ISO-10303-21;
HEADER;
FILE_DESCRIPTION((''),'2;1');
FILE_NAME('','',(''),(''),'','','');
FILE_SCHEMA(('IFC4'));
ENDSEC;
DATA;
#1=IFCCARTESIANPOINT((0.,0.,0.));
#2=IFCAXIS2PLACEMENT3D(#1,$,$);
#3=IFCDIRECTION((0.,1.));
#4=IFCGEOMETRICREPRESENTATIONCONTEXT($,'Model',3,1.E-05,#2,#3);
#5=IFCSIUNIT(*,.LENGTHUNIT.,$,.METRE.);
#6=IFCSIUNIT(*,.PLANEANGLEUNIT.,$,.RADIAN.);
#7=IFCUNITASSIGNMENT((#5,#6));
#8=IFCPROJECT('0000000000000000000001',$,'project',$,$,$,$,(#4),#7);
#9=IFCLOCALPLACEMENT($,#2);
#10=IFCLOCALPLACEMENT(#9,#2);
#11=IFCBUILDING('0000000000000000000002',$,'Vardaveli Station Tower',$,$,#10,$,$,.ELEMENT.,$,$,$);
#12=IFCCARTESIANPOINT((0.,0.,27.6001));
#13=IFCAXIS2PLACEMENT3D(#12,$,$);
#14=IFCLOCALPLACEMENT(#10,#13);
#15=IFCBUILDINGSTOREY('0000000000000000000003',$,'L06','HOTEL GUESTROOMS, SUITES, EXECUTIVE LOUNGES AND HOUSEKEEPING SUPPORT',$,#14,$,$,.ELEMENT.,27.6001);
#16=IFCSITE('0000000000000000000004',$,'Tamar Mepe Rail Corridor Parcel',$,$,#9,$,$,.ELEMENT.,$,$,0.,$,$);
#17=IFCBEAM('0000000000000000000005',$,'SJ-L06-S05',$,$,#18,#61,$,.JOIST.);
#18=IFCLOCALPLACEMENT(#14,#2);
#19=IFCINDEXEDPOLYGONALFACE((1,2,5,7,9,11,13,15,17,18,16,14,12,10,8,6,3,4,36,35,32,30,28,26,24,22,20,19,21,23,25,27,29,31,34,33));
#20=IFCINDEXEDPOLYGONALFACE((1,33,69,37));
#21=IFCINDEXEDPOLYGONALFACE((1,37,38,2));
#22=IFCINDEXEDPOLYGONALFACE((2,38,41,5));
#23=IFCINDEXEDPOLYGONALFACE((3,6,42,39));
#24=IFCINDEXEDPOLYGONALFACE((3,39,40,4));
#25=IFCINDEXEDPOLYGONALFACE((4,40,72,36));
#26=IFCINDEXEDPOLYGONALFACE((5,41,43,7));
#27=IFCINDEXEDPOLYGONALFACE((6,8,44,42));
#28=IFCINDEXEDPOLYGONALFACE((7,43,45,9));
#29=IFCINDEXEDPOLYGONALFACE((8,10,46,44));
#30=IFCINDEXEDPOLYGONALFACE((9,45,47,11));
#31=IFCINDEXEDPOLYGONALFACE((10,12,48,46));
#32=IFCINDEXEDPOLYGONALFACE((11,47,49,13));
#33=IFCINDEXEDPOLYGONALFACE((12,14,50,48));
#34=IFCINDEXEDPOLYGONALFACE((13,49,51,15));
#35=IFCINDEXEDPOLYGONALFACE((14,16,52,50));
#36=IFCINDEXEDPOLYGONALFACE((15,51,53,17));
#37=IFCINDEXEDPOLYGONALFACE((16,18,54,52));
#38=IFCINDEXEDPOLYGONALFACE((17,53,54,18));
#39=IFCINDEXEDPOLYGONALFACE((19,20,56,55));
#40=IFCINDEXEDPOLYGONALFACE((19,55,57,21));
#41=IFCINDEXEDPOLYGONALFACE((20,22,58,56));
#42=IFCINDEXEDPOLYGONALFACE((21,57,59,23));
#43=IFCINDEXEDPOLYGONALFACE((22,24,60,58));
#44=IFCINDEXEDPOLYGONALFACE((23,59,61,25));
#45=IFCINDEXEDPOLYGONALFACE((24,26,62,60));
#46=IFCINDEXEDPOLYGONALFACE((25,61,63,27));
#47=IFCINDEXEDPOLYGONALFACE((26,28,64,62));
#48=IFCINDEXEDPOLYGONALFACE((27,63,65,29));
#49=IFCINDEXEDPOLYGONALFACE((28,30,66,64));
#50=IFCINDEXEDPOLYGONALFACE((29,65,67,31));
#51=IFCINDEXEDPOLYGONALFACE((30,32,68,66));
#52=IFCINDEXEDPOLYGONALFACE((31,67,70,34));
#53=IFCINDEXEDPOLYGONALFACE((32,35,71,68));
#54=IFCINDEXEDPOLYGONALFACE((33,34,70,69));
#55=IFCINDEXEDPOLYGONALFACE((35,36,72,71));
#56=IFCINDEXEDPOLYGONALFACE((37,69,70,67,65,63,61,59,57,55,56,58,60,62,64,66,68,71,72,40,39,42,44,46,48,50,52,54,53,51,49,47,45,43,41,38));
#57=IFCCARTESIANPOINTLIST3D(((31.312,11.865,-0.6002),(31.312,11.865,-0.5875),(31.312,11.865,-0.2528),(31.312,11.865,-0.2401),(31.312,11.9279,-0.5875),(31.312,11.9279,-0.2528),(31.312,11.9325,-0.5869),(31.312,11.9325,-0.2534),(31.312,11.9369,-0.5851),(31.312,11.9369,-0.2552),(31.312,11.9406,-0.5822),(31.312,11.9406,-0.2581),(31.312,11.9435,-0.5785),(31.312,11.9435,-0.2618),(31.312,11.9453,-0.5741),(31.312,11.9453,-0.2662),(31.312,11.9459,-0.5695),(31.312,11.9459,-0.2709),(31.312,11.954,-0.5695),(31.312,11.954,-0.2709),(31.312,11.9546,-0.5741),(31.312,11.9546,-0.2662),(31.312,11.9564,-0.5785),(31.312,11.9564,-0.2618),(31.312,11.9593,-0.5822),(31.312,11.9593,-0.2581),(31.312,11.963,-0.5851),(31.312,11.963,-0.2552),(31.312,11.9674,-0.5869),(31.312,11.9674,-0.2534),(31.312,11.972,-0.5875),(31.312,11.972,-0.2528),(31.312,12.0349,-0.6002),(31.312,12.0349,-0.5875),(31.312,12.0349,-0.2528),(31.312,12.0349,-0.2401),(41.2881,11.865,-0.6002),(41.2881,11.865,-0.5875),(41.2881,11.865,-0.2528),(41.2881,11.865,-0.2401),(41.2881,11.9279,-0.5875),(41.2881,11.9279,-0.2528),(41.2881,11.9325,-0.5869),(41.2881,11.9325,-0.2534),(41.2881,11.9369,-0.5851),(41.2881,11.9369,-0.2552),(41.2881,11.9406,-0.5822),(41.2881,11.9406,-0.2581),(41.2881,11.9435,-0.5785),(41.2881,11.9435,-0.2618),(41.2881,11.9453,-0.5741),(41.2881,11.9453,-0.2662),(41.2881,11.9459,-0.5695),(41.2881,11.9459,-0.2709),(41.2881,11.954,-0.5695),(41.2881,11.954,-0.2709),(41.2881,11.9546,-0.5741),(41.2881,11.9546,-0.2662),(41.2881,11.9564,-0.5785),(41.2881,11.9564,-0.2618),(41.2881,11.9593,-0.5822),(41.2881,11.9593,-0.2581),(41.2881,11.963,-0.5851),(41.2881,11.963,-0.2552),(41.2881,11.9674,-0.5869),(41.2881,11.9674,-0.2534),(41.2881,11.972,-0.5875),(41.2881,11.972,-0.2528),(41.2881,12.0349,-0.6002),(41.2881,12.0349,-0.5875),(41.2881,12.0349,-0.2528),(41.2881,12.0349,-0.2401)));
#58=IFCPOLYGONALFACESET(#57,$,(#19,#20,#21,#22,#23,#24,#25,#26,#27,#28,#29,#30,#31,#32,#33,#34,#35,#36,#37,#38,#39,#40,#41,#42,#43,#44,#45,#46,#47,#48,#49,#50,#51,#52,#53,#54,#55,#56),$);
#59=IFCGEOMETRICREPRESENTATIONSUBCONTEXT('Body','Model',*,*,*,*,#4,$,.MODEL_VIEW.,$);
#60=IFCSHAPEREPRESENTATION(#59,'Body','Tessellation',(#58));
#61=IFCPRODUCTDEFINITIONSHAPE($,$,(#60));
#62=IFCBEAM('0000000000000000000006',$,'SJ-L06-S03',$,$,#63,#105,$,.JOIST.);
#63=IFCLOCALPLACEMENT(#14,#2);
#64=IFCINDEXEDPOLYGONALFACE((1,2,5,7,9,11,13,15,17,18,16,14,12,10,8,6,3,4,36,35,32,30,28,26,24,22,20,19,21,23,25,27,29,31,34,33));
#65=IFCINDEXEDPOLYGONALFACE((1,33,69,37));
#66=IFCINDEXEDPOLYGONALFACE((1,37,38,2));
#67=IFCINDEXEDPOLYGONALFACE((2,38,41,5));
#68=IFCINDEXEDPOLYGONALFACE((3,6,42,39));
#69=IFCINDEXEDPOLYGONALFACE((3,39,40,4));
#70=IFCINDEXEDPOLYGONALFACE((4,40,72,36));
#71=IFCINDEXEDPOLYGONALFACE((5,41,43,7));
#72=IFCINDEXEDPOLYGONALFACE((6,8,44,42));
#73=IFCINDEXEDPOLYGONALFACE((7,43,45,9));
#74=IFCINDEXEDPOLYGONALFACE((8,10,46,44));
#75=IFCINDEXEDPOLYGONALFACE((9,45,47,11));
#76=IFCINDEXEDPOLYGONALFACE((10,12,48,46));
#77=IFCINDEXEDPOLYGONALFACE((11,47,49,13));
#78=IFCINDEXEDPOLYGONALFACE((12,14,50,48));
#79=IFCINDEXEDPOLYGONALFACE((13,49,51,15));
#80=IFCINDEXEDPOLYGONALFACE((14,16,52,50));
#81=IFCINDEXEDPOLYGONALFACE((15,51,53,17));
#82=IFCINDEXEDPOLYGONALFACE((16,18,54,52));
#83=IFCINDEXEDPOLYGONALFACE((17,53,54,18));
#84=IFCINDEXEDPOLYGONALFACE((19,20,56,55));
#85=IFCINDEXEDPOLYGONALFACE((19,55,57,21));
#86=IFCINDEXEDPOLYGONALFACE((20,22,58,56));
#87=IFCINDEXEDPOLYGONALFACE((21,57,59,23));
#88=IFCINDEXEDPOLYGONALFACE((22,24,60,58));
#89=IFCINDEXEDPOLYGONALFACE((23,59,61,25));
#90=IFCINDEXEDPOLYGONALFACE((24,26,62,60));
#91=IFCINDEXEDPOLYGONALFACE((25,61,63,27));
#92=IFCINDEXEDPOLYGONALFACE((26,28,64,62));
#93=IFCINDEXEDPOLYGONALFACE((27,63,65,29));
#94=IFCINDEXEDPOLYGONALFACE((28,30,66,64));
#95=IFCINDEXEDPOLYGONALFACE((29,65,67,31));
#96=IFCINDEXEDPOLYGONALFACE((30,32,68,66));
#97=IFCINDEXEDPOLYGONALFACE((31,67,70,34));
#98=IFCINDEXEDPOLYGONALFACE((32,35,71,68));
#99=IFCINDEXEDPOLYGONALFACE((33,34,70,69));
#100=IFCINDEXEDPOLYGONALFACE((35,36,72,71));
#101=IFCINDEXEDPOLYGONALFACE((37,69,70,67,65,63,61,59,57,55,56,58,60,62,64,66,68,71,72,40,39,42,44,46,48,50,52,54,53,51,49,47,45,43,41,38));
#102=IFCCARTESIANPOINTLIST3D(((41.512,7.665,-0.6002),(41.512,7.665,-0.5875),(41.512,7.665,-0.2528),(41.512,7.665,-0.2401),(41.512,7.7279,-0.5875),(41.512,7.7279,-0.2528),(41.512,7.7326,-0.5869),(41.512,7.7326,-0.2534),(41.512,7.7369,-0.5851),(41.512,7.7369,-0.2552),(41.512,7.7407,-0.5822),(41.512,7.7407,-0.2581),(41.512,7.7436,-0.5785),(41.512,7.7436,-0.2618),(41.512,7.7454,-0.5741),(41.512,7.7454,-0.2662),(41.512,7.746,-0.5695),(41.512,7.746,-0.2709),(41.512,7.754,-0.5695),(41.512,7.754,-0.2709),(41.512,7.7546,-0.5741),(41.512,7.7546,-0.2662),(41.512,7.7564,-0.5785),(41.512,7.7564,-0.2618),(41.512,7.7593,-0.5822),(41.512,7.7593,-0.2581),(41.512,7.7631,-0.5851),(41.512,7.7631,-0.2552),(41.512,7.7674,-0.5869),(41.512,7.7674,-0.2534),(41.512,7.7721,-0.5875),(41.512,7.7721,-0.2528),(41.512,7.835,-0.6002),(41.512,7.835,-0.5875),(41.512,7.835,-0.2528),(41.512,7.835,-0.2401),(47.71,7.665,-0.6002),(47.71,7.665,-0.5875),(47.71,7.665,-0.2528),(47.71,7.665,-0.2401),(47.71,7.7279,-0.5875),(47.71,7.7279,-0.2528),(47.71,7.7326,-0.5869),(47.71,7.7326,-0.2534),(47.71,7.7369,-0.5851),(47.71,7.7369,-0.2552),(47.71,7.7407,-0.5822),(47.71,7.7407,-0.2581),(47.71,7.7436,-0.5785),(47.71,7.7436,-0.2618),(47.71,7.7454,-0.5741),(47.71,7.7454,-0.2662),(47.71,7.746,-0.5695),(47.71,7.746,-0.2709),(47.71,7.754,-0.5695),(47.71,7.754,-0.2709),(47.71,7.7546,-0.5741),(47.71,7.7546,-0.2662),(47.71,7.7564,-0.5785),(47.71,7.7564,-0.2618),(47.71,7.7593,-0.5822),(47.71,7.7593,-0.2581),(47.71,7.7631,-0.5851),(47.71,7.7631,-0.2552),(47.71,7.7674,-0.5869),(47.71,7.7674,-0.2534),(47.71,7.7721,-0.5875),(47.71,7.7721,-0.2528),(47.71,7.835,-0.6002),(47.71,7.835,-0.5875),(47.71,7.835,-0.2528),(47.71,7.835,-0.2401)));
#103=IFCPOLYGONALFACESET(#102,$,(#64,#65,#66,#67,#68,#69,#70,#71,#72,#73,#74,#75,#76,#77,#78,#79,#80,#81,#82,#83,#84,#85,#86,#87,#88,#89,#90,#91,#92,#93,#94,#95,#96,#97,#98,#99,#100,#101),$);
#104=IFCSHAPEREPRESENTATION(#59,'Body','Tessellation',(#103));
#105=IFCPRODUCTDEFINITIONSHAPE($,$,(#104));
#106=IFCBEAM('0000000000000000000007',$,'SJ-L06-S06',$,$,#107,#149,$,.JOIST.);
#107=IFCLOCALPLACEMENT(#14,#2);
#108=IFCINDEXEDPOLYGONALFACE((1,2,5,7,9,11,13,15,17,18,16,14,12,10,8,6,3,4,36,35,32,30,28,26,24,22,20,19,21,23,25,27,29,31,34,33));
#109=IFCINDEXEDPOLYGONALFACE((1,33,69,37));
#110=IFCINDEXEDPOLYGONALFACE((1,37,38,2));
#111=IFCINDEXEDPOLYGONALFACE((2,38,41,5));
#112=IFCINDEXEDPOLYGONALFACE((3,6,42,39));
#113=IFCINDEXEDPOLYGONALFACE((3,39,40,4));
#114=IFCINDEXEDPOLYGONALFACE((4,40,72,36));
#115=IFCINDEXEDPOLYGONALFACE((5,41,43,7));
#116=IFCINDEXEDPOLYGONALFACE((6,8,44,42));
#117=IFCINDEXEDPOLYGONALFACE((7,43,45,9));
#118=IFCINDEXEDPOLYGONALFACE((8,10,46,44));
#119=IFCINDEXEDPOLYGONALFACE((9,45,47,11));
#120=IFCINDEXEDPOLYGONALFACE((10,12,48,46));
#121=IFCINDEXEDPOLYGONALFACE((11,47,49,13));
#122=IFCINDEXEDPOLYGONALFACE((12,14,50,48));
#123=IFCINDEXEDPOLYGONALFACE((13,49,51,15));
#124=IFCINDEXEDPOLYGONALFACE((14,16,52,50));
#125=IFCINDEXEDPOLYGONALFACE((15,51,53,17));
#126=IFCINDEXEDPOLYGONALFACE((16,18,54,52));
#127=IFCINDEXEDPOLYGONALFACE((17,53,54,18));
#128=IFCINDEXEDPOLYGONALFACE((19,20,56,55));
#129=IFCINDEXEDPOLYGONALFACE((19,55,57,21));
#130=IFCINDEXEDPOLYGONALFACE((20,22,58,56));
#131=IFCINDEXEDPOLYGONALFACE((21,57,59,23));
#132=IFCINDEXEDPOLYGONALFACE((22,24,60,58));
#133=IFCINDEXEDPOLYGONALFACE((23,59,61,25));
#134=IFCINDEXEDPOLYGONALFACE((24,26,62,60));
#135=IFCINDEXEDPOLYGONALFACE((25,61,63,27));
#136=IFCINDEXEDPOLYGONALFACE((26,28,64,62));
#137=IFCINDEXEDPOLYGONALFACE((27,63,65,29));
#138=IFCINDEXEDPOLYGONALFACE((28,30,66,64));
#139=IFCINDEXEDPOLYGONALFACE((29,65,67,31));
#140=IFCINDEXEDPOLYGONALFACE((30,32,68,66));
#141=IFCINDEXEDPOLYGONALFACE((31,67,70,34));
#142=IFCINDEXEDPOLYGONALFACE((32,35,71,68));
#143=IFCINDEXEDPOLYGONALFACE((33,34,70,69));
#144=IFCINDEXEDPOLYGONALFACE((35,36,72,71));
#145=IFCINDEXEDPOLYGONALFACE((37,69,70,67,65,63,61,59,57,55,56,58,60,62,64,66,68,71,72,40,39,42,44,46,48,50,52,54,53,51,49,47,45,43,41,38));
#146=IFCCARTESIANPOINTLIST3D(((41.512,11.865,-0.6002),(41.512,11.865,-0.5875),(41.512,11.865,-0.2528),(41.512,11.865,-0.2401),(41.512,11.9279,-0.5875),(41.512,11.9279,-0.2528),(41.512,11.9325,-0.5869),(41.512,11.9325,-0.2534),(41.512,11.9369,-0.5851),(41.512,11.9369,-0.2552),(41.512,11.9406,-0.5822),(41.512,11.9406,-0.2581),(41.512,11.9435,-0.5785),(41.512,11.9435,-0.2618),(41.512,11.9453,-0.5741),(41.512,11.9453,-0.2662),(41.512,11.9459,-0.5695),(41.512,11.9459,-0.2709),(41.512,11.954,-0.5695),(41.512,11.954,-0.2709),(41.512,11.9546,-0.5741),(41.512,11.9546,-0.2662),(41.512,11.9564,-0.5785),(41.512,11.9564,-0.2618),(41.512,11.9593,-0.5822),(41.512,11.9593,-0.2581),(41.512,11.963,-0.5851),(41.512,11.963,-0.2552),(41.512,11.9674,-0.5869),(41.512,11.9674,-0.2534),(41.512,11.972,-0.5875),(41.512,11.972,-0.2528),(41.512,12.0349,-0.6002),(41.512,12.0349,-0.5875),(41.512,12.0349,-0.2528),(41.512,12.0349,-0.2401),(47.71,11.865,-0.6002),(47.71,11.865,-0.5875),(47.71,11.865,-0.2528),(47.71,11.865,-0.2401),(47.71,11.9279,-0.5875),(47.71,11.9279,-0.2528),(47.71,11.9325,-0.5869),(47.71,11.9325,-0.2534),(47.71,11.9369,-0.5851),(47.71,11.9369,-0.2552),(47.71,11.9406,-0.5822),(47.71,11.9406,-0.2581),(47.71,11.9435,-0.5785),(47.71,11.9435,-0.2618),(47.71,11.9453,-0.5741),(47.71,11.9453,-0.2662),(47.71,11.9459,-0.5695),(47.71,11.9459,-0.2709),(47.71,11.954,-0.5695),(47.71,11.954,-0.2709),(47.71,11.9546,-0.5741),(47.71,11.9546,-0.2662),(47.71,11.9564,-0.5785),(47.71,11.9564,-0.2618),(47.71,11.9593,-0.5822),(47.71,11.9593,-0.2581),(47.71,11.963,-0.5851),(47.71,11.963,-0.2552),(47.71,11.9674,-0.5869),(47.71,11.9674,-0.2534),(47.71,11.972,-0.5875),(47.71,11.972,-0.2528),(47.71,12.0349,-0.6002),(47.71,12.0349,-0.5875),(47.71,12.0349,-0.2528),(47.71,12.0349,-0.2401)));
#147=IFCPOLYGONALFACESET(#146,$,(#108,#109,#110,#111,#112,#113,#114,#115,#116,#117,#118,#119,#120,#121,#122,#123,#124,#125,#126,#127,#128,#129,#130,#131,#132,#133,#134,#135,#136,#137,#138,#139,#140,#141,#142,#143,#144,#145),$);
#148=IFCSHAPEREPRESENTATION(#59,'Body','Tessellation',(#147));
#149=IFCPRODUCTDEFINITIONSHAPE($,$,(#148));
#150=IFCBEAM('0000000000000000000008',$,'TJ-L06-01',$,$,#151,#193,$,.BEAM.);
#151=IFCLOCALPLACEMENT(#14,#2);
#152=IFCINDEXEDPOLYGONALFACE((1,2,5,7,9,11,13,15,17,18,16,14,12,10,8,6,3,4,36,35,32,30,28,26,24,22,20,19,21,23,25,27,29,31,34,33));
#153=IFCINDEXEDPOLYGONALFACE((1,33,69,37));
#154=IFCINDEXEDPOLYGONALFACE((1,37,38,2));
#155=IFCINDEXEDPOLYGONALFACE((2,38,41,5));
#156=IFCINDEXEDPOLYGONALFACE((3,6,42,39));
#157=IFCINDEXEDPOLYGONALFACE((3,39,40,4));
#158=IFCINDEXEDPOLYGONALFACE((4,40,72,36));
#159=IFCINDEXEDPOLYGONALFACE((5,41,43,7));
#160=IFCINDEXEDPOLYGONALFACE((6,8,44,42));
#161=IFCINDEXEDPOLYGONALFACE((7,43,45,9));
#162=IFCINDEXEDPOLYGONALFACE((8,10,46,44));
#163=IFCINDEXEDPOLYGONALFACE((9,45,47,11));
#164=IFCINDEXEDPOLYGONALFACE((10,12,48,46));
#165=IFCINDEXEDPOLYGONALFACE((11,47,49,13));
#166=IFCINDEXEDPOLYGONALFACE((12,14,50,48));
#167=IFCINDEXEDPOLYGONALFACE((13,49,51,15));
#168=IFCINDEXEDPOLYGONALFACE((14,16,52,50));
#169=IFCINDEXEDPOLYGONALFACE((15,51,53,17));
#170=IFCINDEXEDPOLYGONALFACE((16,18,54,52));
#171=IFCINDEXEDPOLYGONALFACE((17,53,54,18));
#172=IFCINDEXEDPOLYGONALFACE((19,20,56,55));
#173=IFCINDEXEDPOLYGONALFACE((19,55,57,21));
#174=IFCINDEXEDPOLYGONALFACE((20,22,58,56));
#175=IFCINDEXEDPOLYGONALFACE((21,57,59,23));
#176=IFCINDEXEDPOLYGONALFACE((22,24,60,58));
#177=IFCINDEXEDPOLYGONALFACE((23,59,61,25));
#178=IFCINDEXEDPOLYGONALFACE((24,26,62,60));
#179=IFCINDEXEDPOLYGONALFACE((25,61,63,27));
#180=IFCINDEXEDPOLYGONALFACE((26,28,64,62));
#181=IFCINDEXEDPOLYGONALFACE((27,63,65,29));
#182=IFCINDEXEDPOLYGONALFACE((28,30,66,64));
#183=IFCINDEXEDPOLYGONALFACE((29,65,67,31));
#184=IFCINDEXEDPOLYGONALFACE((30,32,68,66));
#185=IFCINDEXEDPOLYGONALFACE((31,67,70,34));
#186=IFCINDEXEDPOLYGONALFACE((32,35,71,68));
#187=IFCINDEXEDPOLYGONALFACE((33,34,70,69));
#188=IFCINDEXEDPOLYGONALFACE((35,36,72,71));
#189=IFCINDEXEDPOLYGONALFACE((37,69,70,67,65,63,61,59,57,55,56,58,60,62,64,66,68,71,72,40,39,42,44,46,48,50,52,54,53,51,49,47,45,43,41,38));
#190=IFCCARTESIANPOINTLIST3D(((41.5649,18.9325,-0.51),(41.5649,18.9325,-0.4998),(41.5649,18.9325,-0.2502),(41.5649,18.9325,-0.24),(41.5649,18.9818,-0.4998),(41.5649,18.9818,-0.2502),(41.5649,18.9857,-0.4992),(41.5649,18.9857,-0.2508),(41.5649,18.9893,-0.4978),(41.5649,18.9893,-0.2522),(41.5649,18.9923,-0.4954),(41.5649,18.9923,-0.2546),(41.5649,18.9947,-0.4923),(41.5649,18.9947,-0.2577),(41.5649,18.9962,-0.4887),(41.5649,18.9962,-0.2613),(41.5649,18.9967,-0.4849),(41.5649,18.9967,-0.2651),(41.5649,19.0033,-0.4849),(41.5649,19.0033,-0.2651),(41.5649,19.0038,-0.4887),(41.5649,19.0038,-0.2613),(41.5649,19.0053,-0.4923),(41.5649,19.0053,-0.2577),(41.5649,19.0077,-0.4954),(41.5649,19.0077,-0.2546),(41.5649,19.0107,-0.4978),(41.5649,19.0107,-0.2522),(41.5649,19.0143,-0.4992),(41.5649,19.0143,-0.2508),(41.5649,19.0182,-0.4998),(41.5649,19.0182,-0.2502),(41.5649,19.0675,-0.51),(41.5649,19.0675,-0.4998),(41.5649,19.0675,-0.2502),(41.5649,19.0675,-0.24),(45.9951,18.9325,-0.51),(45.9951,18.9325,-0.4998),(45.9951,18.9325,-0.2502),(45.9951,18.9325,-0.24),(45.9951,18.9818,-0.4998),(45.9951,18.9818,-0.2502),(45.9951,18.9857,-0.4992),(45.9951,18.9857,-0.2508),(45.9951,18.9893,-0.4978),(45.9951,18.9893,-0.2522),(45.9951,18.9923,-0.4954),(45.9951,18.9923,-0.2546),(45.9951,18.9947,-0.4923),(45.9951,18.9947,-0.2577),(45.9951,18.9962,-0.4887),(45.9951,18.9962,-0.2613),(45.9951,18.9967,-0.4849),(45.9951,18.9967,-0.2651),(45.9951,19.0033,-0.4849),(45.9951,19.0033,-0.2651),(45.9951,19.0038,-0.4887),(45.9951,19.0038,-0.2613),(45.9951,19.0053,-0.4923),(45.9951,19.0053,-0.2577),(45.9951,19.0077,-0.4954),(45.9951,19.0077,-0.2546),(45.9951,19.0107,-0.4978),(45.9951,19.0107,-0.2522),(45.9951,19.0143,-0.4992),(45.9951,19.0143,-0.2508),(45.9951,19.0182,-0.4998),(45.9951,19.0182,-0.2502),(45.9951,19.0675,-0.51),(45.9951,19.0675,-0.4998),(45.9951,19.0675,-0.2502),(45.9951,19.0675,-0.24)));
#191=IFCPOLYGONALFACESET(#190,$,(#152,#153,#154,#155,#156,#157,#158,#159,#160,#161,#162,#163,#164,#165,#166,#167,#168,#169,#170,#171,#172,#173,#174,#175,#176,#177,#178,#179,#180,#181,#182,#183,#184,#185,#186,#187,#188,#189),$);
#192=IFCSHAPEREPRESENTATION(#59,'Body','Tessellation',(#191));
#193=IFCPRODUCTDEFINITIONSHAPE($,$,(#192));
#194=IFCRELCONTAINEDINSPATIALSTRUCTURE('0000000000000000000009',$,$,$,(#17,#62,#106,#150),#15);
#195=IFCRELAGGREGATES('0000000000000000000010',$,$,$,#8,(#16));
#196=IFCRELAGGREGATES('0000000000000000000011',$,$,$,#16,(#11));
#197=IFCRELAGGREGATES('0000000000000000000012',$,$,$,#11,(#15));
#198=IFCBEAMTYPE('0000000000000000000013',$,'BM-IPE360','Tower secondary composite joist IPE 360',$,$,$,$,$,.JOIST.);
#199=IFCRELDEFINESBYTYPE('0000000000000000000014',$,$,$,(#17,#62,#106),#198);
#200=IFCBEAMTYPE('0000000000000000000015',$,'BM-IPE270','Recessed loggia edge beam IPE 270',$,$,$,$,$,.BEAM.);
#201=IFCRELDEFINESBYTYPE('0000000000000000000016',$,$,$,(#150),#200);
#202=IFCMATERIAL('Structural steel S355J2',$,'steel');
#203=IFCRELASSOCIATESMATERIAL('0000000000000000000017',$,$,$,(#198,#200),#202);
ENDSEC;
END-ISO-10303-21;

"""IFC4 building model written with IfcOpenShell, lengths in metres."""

from ifc_helpers import new_model, si_unit, direction, frame, origin, origin_2d, place, context, subcontext, project, spatial, i_section, extrude, source, transform, mapped, material, material_profile, profile_set, type_object, element, save


model = new_model("IFC4")

# Units and contexts
model_context = context("Model", 3, precision=1e-05, world=origin(), true_north=direction((0.0, 1.0)))
body_context = subcontext(model_context, "Body", "Model", "MODEL_VIEW")
ifc_project = project(units=[si_unit("LENGTHUNIT", "METRE"), si_unit("PLANEANGLEUNIT", "RADIAN")], contexts=[model_context])

# Site, building, storey
site_placement = place(None, origin())
site = spatial("IfcSite", under=ifc_project, at=site_placement, Name="Tamar Mepe Rail Corridor Parcel", CompositionType="ELEMENT", RefElevation=0.0)
building_placement = place(site_placement, origin())
building = spatial("IfcBuilding", under=site, at=building_placement, Name="Vardaveli Station Tower", CompositionType="ELEMENT")
storey_placement = place(building_placement, frame((0.0, 0.0, 27.6001)))
storey = spatial("IfcBuildingStorey", under=building, at=storey_placement, Name="L06", Description="HOTEL GUESTROOMS, SUITES, EXECUTIVE LOUNGES AND HOUSEKEEPING SUPPORT", CompositionType="ELEMENT", Elevation=27.6001)

# Beams
ifc_material_1 = material(Name="Structural steel S355J2", Category="steel")
ifc_material_profile_1 = material_profile(ifc_material_1, i_section(OverallWidth=0.1699, OverallDepth=0.3601, WebThickness=0.0081, FlangeThickness=0.0127, FilletRadius=0.0181, at=origin_2d()), Name="IPE 360")
ifc_profile_set_1 = profile_set([ifc_material_profile_1], Name="Structural steel S355J2")
beam_type_1 = type_object("IfcBeamType", Name="BM-IPE360", Description="Tower secondary composite joist IPE 360", PredefinedType="JOIST", material=ifc_profile_set_1)
shared_shape_1 = source(origin(), body_context, "Body", "SweptSolid", [
    extrude(i_section(OverallWidth=0.1699, OverallDepth=0.3601, WebThickness=0.0081, FlangeThickness=0.0127, FilletRadius=0.0181, at=origin_2d()), origin(), (0.0, 0.0, 1.0), 9.9761),
])
for number, where, z_axis, x_axis, name in (
    (1, (31.312, 11.95, -0.4202), (1.0, 0.0, 0.0), (0.0, 1.0, 0.0), "SJ-L06-S05"),
):
    element("IfcBeam", number, at=place(storey_placement, frame(where, z_axis=z_axis, x_axis=x_axis)), inside=storey, type_object=beam_type_1, Name=name, PredefinedType="JOIST", context=body_context, shape_type="MappedRepresentation", body=[
        mapped(shared_shape_1, transform((0.0, 0.0, 0.0), scale=1.0)),
    ])
shared_shape_2 = source(origin(), body_context, "Body", "SweptSolid", [
    extrude(i_section(OverallWidth=0.1699, OverallDepth=0.3601, WebThickness=0.0081, FlangeThickness=0.0127, FilletRadius=0.0181, at=origin_2d()), origin(), (0.0, 0.0, 1.0), 6.198),
])
for number, where, z_axis, x_axis, name in (
    (2, (41.512, 7.75, -0.4202), (1.0, 0.0, 0.0), (0.0, 1.0, 0.0), "SJ-L06-S03"),
    (3, (41.512, 11.95, -0.4202), (1.0, 0.0, 0.0), (0.0, 1.0, 0.0), "SJ-L06-S06"),
):
    element("IfcBeam", number, at=place(storey_placement, frame(where, z_axis=z_axis, x_axis=x_axis)), inside=storey, type_object=beam_type_1, Name=name, PredefinedType="JOIST", context=body_context, shape_type="MappedRepresentation", body=[
        mapped(shared_shape_2, transform((0.0, 0.0, 0.0), scale=1.0)),
    ])
ifc_material_profile_2 = material_profile(ifc_material_1, i_section(OverallWidth=0.135, OverallDepth=0.27, WebThickness=0.0066, FlangeThickness=0.0103, FilletRadius=0.0149, at=origin_2d()), Name="IPE 270")
ifc_profile_set_2 = profile_set([ifc_material_profile_2], Name="Structural steel S355J2")
beam_type_2 = type_object("IfcBeamType", Name="BM-IPE270", Description="Recessed loggia edge beam IPE 270", PredefinedType="BEAM", material=ifc_profile_set_2)
shared_shape_3 = source(origin(), body_context, "Body", "SweptSolid", [
    extrude(i_section(OverallWidth=0.135, OverallDepth=0.27, WebThickness=0.0066, FlangeThickness=0.0103, FilletRadius=0.0149, at=origin_2d()), origin(), (0.0, 0.0, 1.0), 4.4302),
])
beam_1_placement = place(storey_placement, frame((41.5649, 19.0, -0.375), z_axis=(1.0, 0.0, 0.0), x_axis=(0.0, 1.0, 0.0)))
element("IfcBeam", 4, at=beam_1_placement, inside=storey, type_object=beam_type_2, Name="TJ-L06-01", PredefinedType="BEAM", context=body_context, shape_type="MappedRepresentation", body=[
    mapped(shared_shape_3, transform((0.0, 0.0, 0.0), scale=1.0)),
])

save(model, "model.ifc")
